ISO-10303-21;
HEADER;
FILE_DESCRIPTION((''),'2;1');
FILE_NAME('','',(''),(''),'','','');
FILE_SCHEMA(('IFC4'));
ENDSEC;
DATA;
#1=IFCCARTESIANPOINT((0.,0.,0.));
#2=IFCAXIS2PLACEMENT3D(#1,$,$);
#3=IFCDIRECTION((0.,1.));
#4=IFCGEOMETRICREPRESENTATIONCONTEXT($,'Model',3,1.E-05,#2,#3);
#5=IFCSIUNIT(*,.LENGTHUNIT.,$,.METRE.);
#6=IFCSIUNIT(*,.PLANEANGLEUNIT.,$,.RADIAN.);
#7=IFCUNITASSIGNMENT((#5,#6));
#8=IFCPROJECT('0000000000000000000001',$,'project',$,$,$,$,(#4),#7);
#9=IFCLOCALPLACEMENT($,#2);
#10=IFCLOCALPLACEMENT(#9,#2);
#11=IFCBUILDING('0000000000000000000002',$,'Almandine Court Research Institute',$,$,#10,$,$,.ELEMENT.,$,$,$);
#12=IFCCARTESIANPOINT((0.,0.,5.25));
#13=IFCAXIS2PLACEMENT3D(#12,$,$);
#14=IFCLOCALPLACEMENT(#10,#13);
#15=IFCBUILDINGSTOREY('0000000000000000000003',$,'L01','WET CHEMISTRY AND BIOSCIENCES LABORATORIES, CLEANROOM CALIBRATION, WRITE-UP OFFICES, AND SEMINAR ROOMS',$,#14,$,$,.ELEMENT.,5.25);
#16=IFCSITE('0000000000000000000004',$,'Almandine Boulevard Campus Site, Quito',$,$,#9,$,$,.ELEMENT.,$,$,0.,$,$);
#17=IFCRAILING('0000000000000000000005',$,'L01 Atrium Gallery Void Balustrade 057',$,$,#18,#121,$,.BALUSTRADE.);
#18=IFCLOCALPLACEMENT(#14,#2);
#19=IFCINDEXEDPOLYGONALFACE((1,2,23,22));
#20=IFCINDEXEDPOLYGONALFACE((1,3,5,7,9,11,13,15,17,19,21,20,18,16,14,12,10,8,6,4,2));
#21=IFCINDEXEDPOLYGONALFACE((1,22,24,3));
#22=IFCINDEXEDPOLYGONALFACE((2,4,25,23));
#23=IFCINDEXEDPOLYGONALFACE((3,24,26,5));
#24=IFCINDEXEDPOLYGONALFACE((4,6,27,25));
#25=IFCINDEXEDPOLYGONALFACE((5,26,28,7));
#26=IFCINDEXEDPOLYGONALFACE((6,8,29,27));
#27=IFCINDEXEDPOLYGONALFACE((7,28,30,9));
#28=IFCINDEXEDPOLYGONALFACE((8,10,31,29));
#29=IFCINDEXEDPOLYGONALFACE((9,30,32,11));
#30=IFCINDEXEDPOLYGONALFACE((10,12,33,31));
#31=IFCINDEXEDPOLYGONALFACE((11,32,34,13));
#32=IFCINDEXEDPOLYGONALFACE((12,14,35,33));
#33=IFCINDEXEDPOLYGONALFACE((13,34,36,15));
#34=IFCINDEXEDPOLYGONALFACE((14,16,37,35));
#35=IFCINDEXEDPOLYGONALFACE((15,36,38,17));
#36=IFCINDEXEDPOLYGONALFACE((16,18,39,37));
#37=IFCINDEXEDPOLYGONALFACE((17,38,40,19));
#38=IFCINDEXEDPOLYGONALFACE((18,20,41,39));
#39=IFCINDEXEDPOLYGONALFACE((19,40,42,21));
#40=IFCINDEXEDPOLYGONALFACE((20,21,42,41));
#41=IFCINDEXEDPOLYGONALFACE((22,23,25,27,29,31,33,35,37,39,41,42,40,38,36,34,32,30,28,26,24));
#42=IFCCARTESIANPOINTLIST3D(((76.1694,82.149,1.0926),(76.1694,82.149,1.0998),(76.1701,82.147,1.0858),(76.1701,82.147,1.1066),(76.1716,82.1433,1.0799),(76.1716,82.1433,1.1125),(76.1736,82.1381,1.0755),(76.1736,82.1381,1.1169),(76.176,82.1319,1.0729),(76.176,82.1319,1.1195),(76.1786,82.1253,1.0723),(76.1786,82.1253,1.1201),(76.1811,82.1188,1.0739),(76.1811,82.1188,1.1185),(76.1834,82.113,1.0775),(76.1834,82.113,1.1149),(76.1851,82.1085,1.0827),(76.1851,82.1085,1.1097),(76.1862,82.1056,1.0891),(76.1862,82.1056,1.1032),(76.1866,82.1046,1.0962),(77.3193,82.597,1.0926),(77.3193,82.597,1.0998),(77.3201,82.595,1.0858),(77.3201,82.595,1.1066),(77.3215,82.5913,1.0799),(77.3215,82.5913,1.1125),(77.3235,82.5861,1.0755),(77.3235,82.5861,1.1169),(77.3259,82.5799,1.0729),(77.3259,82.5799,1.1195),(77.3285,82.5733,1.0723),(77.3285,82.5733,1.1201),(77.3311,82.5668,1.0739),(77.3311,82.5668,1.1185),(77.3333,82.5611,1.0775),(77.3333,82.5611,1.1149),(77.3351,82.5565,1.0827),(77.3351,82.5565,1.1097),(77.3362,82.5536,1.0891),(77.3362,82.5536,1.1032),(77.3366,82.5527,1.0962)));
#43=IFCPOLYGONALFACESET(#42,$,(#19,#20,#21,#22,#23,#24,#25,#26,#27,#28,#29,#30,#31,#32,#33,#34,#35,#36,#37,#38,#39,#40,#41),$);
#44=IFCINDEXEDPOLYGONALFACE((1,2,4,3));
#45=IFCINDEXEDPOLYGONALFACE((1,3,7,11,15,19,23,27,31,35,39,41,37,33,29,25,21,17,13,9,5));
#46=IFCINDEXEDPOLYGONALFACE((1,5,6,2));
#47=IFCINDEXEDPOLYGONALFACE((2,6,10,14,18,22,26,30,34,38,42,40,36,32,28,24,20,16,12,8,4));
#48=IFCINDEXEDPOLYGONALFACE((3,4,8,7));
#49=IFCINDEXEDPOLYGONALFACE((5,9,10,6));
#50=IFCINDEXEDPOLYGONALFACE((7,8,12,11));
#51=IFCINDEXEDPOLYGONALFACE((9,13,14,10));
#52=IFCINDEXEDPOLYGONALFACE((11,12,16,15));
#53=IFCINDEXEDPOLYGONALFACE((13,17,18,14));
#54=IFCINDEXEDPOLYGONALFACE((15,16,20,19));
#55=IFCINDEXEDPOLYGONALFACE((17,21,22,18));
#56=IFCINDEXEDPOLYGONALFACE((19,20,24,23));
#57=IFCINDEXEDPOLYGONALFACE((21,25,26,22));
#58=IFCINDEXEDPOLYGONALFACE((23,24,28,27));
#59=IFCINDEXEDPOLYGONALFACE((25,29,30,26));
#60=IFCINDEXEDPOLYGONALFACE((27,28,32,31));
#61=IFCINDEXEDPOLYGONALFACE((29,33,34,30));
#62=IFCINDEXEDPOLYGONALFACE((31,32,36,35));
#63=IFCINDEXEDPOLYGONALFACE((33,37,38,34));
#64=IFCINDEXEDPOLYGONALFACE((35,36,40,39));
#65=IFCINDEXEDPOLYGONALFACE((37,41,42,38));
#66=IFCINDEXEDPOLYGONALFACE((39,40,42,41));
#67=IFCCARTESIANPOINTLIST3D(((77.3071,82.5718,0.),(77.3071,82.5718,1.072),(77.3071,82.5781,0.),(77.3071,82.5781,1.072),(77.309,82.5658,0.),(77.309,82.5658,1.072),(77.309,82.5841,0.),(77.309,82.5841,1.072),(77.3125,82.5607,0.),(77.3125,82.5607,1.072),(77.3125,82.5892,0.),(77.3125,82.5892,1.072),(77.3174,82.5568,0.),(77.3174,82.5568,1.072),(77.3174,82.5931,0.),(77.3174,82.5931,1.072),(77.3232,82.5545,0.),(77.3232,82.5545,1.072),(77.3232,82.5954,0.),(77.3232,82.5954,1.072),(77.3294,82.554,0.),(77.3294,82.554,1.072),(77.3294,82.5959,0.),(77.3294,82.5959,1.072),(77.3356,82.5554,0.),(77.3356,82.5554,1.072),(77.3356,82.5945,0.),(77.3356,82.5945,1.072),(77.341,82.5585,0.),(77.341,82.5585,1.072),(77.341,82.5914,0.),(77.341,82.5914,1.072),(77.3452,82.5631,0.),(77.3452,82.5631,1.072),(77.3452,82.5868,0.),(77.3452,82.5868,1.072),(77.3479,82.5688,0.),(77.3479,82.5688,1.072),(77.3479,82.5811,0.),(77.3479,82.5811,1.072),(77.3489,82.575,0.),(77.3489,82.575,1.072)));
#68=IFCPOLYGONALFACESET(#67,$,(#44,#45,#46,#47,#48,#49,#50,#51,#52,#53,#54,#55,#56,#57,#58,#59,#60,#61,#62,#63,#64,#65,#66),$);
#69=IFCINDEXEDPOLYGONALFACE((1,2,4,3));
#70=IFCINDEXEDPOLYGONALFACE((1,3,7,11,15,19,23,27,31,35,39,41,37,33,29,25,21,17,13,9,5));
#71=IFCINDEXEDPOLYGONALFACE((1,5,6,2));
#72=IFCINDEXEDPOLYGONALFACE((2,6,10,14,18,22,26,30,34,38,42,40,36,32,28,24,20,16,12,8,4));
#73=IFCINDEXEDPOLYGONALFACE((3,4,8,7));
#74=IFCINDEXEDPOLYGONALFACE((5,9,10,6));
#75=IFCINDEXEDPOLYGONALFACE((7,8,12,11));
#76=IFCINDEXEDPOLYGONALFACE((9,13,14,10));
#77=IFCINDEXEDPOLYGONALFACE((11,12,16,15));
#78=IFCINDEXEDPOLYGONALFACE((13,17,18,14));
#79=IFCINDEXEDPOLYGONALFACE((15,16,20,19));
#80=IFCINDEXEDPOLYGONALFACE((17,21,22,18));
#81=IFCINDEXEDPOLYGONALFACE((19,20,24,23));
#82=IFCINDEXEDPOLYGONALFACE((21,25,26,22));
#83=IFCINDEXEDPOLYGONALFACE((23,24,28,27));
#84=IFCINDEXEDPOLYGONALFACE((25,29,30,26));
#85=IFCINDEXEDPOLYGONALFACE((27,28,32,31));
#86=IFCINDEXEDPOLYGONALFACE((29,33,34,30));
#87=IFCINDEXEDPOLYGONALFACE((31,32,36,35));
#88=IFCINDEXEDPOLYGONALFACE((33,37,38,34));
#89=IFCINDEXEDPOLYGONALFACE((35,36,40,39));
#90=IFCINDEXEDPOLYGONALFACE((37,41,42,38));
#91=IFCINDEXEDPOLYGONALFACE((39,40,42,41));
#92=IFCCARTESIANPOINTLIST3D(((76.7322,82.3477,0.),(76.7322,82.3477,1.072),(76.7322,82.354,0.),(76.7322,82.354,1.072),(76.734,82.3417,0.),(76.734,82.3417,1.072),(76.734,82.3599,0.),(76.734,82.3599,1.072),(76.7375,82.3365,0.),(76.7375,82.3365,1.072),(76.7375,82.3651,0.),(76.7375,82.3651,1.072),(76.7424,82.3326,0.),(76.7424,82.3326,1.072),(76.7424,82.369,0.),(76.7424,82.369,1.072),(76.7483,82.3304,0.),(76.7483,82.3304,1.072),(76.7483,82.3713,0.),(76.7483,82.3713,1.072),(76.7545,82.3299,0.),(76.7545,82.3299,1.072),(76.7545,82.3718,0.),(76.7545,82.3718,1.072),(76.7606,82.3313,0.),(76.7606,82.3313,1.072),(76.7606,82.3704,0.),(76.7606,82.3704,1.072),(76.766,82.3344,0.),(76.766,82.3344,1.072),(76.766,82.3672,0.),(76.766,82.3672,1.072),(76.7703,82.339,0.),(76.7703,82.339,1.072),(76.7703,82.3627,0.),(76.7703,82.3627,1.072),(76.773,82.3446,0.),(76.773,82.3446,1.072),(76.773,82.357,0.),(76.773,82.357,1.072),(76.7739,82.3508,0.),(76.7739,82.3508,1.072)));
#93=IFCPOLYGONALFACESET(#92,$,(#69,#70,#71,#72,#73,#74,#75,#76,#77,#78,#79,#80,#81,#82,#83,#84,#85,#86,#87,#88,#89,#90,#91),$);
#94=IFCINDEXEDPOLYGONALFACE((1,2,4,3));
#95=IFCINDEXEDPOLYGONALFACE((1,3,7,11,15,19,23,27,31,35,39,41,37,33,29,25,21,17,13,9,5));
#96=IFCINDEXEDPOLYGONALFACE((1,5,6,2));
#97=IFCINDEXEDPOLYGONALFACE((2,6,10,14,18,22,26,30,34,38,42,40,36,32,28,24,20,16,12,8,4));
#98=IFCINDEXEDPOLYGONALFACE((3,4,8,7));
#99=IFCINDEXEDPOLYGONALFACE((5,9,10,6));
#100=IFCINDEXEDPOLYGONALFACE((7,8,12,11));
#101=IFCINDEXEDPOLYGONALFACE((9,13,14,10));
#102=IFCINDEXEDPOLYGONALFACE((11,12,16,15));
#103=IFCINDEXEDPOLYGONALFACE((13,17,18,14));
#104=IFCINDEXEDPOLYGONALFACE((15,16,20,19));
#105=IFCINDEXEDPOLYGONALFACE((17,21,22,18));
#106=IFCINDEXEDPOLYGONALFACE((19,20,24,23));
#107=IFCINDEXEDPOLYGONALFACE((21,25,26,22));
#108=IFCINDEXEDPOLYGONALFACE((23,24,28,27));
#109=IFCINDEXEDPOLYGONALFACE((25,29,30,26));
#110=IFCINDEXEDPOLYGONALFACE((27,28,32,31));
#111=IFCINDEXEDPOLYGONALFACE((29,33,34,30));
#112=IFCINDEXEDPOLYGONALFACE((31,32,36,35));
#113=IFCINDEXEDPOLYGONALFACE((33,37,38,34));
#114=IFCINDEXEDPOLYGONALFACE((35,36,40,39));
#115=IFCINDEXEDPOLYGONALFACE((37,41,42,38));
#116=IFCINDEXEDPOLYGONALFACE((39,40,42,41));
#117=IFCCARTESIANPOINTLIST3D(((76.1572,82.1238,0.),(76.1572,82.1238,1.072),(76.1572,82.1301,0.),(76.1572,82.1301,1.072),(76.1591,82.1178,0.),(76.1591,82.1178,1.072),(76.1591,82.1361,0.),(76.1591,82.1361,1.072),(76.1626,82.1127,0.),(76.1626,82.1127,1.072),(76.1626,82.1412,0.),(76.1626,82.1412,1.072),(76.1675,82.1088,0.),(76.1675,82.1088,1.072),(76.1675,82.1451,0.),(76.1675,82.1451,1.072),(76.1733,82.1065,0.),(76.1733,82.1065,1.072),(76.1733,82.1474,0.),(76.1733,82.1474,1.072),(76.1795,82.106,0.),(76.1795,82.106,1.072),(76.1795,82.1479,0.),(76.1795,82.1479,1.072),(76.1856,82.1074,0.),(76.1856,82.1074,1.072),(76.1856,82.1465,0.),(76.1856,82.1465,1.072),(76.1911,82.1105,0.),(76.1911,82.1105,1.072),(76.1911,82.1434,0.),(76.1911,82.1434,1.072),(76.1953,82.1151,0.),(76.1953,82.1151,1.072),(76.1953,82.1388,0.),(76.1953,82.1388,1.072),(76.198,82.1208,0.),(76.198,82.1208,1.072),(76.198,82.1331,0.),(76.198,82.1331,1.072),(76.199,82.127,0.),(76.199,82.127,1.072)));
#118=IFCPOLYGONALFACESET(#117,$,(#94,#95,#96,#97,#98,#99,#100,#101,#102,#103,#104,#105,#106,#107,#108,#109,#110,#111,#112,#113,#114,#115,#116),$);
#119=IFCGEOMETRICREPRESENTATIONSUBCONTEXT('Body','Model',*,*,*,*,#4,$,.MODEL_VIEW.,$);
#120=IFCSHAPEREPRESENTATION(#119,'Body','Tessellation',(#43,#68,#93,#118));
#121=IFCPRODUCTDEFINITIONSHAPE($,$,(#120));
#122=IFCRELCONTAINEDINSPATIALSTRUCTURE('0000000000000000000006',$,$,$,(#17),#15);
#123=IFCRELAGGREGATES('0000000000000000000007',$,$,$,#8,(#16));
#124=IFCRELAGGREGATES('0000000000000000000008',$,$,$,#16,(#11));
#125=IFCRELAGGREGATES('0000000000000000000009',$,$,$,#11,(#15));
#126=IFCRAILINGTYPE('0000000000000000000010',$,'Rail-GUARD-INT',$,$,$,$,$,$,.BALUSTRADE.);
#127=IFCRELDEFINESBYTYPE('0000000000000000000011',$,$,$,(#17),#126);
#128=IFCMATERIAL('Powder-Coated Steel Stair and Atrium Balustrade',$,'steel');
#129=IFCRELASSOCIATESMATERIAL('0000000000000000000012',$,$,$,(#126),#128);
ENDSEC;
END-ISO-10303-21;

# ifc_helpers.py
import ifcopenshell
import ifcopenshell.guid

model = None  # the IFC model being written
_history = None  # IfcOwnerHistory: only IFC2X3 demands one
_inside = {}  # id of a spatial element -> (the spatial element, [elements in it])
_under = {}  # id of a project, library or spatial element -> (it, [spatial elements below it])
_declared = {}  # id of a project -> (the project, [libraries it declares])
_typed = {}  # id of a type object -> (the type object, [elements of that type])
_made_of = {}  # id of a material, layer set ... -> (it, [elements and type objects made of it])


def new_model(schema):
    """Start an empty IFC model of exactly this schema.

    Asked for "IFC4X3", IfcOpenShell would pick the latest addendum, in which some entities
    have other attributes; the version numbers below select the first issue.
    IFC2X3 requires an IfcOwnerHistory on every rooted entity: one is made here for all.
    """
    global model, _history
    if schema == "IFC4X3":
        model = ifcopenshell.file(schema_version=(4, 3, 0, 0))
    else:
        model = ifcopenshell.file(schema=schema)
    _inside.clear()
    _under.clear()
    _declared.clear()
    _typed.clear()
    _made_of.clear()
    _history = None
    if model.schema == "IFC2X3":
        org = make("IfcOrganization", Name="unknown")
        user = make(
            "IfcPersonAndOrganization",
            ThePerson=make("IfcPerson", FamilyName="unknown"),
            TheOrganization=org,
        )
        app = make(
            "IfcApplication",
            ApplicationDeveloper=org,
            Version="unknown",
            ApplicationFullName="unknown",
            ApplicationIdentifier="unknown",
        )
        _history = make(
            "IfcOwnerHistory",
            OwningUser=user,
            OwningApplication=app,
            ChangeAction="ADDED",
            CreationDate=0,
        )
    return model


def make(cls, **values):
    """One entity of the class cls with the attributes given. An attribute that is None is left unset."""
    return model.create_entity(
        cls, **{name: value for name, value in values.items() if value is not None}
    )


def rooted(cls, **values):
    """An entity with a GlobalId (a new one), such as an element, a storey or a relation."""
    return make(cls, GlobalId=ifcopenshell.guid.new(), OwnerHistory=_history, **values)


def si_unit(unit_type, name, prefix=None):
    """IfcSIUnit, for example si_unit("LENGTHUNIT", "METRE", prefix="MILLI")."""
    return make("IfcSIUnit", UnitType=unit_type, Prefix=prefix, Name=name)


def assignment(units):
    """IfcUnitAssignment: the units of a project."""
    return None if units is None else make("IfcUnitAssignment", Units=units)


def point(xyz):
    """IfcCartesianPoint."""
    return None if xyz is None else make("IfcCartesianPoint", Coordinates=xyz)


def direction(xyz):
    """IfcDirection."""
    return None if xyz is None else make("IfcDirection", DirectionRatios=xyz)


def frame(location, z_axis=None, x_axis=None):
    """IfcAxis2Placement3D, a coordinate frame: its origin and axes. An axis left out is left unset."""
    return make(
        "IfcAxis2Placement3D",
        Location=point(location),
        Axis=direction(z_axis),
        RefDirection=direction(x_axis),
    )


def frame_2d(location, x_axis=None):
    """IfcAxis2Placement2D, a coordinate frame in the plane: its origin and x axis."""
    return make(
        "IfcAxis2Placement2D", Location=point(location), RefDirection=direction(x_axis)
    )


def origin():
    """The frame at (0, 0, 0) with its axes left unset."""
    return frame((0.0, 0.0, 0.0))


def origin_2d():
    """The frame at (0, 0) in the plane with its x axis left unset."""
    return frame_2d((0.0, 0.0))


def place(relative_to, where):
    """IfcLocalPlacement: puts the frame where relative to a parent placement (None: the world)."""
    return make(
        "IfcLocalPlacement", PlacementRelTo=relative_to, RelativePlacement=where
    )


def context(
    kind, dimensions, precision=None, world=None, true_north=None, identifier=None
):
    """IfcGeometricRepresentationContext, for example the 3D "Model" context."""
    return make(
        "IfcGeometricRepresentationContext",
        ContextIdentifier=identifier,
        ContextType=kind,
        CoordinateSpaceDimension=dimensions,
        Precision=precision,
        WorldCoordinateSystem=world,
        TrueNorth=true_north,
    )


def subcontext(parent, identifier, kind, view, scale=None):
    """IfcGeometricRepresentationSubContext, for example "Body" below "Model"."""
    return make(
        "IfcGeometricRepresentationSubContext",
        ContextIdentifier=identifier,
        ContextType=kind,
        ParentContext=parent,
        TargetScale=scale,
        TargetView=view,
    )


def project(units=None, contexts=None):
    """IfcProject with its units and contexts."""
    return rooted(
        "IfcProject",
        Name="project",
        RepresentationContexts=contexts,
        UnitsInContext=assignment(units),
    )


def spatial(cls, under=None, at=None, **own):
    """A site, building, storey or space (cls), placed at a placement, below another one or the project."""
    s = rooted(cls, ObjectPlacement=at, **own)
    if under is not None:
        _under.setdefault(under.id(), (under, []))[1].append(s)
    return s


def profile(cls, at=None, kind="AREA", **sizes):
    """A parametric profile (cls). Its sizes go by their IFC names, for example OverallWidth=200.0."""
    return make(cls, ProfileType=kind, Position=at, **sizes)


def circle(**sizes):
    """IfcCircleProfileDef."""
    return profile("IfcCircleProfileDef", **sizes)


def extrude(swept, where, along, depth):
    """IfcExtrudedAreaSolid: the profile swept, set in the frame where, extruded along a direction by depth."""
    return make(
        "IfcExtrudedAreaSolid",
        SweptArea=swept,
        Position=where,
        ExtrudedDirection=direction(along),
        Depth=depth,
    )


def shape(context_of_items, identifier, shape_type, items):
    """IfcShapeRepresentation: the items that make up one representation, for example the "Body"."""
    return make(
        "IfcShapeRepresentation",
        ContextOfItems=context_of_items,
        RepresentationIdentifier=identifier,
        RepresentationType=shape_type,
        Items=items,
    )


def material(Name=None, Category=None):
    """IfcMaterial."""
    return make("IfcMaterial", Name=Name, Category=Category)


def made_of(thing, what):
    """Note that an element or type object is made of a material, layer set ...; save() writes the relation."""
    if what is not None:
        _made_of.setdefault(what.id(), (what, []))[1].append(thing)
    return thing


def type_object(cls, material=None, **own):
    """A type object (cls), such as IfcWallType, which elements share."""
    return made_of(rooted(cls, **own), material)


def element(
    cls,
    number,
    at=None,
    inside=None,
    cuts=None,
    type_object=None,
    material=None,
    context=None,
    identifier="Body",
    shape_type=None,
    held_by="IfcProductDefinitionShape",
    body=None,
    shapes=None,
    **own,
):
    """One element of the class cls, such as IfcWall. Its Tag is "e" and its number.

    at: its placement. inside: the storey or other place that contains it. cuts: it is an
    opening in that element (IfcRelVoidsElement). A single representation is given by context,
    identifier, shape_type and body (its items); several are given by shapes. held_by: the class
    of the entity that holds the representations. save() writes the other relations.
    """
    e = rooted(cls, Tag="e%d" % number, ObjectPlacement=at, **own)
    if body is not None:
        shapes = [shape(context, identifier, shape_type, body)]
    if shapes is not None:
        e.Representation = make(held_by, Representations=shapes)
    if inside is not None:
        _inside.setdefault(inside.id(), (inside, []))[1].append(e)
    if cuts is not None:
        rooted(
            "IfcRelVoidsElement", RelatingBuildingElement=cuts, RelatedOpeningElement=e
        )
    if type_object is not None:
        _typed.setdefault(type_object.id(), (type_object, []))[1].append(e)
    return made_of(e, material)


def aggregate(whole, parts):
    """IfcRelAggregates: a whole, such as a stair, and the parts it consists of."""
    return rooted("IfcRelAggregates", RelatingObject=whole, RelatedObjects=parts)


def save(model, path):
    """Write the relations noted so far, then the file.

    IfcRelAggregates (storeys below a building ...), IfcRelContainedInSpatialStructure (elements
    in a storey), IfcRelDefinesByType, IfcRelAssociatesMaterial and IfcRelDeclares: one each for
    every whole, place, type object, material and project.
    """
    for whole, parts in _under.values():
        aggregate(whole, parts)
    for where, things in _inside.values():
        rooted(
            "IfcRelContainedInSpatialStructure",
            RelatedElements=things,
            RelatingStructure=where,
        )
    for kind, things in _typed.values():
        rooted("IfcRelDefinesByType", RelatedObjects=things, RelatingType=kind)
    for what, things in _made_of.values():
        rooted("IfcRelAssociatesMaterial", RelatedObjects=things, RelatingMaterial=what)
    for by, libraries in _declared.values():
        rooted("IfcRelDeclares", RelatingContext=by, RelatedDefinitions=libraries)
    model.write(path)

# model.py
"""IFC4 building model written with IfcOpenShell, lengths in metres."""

from ifc_helpers import new_model, si_unit, direction, frame, origin, origin_2d, place, context, subcontext, project, spatial, circle, extrude, material, type_object, element, save


model = new_model("IFC4")

# Units and contexts
model_context = context("Model", 3, precision=1e-05, world=origin(), true_north=direction((0.0, 1.0)))
body_context = subcontext(model_context, "Body", "Model", "MODEL_VIEW")
ifc_project = project(units=[si_unit("LENGTHUNIT", "METRE"), si_unit("PLANEANGLEUNIT", "RADIAN")], contexts=[model_context])

# Site, building, storey
site_placement = place(None, origin())
site = spatial("IfcSite", under=ifc_project, at=site_placement, Name="Almandine Boulevard Campus Site, Quito", CompositionType="ELEMENT", RefElevation=0.0)
building_placement = place(site_placement, origin())
building = spatial("IfcBuilding", under=site, at=building_placement, Name="Almandine Court Research Institute", CompositionType="ELEMENT")
storey_placement = place(building_placement, frame((0.0, 0.0, 5.25)))
storey = spatial("IfcBuildingStorey", under=building, at=storey_placement, Name="L01", Description="WET CHEMISTRY AND BIOSCIENCES LABORATORIES, CLEANROOM CALIBRATION, WRITE-UP OFFICES, AND SEMINAR ROOMS", CompositionType="ELEMENT", Elevation=5.25)

# Railing
ifc_material_1 = material(Name="Powder-Coated Steel Stair and Atrium Balustrade", Category="steel")
railing_type = type_object("IfcRailingType", Name="Rail-GUARD-INT", PredefinedType="BALUSTRADE", material=ifc_material_1)
railing_1_placement = place(storey_placement, frame((77.3279, 82.575, 0.0)))
element("IfcRailing", 1, at=railing_1_placement, inside=storey, type_object=railing_type, Name="L01 Atrium Gallery Void Balustrade 057", PredefinedType="BALUSTRADE", context=body_context, shape_type="SweptSolid", body=[
    extrude(circle(Radius=0.0239, at=origin_2d()), frame((0.0, 0.0, 1.0962), z_axis=(-0.931782, -0.363019, 0.0), x_axis=(0.363019, -0.931782, 0.0)), (0.0, 0.0, 1.0), 1.2341),
    extrude(circle(Radius=0.021, at=origin_2d()), origin(), (0.0, 0.0, 1.0), 1.072),
    extrude(circle(Radius=0.021, at=origin_2d()), frame((-0.575, -0.2241, 0.0)), (0.0, 0.0, 1.0), 1.072),
    extrude(circle(Radius=0.021, at=origin_2d()), frame((-1.1499, -0.448, 0.0)), (0.0, 0.0, 1.0), 1.072),
])

save(model, "model.ifc")
